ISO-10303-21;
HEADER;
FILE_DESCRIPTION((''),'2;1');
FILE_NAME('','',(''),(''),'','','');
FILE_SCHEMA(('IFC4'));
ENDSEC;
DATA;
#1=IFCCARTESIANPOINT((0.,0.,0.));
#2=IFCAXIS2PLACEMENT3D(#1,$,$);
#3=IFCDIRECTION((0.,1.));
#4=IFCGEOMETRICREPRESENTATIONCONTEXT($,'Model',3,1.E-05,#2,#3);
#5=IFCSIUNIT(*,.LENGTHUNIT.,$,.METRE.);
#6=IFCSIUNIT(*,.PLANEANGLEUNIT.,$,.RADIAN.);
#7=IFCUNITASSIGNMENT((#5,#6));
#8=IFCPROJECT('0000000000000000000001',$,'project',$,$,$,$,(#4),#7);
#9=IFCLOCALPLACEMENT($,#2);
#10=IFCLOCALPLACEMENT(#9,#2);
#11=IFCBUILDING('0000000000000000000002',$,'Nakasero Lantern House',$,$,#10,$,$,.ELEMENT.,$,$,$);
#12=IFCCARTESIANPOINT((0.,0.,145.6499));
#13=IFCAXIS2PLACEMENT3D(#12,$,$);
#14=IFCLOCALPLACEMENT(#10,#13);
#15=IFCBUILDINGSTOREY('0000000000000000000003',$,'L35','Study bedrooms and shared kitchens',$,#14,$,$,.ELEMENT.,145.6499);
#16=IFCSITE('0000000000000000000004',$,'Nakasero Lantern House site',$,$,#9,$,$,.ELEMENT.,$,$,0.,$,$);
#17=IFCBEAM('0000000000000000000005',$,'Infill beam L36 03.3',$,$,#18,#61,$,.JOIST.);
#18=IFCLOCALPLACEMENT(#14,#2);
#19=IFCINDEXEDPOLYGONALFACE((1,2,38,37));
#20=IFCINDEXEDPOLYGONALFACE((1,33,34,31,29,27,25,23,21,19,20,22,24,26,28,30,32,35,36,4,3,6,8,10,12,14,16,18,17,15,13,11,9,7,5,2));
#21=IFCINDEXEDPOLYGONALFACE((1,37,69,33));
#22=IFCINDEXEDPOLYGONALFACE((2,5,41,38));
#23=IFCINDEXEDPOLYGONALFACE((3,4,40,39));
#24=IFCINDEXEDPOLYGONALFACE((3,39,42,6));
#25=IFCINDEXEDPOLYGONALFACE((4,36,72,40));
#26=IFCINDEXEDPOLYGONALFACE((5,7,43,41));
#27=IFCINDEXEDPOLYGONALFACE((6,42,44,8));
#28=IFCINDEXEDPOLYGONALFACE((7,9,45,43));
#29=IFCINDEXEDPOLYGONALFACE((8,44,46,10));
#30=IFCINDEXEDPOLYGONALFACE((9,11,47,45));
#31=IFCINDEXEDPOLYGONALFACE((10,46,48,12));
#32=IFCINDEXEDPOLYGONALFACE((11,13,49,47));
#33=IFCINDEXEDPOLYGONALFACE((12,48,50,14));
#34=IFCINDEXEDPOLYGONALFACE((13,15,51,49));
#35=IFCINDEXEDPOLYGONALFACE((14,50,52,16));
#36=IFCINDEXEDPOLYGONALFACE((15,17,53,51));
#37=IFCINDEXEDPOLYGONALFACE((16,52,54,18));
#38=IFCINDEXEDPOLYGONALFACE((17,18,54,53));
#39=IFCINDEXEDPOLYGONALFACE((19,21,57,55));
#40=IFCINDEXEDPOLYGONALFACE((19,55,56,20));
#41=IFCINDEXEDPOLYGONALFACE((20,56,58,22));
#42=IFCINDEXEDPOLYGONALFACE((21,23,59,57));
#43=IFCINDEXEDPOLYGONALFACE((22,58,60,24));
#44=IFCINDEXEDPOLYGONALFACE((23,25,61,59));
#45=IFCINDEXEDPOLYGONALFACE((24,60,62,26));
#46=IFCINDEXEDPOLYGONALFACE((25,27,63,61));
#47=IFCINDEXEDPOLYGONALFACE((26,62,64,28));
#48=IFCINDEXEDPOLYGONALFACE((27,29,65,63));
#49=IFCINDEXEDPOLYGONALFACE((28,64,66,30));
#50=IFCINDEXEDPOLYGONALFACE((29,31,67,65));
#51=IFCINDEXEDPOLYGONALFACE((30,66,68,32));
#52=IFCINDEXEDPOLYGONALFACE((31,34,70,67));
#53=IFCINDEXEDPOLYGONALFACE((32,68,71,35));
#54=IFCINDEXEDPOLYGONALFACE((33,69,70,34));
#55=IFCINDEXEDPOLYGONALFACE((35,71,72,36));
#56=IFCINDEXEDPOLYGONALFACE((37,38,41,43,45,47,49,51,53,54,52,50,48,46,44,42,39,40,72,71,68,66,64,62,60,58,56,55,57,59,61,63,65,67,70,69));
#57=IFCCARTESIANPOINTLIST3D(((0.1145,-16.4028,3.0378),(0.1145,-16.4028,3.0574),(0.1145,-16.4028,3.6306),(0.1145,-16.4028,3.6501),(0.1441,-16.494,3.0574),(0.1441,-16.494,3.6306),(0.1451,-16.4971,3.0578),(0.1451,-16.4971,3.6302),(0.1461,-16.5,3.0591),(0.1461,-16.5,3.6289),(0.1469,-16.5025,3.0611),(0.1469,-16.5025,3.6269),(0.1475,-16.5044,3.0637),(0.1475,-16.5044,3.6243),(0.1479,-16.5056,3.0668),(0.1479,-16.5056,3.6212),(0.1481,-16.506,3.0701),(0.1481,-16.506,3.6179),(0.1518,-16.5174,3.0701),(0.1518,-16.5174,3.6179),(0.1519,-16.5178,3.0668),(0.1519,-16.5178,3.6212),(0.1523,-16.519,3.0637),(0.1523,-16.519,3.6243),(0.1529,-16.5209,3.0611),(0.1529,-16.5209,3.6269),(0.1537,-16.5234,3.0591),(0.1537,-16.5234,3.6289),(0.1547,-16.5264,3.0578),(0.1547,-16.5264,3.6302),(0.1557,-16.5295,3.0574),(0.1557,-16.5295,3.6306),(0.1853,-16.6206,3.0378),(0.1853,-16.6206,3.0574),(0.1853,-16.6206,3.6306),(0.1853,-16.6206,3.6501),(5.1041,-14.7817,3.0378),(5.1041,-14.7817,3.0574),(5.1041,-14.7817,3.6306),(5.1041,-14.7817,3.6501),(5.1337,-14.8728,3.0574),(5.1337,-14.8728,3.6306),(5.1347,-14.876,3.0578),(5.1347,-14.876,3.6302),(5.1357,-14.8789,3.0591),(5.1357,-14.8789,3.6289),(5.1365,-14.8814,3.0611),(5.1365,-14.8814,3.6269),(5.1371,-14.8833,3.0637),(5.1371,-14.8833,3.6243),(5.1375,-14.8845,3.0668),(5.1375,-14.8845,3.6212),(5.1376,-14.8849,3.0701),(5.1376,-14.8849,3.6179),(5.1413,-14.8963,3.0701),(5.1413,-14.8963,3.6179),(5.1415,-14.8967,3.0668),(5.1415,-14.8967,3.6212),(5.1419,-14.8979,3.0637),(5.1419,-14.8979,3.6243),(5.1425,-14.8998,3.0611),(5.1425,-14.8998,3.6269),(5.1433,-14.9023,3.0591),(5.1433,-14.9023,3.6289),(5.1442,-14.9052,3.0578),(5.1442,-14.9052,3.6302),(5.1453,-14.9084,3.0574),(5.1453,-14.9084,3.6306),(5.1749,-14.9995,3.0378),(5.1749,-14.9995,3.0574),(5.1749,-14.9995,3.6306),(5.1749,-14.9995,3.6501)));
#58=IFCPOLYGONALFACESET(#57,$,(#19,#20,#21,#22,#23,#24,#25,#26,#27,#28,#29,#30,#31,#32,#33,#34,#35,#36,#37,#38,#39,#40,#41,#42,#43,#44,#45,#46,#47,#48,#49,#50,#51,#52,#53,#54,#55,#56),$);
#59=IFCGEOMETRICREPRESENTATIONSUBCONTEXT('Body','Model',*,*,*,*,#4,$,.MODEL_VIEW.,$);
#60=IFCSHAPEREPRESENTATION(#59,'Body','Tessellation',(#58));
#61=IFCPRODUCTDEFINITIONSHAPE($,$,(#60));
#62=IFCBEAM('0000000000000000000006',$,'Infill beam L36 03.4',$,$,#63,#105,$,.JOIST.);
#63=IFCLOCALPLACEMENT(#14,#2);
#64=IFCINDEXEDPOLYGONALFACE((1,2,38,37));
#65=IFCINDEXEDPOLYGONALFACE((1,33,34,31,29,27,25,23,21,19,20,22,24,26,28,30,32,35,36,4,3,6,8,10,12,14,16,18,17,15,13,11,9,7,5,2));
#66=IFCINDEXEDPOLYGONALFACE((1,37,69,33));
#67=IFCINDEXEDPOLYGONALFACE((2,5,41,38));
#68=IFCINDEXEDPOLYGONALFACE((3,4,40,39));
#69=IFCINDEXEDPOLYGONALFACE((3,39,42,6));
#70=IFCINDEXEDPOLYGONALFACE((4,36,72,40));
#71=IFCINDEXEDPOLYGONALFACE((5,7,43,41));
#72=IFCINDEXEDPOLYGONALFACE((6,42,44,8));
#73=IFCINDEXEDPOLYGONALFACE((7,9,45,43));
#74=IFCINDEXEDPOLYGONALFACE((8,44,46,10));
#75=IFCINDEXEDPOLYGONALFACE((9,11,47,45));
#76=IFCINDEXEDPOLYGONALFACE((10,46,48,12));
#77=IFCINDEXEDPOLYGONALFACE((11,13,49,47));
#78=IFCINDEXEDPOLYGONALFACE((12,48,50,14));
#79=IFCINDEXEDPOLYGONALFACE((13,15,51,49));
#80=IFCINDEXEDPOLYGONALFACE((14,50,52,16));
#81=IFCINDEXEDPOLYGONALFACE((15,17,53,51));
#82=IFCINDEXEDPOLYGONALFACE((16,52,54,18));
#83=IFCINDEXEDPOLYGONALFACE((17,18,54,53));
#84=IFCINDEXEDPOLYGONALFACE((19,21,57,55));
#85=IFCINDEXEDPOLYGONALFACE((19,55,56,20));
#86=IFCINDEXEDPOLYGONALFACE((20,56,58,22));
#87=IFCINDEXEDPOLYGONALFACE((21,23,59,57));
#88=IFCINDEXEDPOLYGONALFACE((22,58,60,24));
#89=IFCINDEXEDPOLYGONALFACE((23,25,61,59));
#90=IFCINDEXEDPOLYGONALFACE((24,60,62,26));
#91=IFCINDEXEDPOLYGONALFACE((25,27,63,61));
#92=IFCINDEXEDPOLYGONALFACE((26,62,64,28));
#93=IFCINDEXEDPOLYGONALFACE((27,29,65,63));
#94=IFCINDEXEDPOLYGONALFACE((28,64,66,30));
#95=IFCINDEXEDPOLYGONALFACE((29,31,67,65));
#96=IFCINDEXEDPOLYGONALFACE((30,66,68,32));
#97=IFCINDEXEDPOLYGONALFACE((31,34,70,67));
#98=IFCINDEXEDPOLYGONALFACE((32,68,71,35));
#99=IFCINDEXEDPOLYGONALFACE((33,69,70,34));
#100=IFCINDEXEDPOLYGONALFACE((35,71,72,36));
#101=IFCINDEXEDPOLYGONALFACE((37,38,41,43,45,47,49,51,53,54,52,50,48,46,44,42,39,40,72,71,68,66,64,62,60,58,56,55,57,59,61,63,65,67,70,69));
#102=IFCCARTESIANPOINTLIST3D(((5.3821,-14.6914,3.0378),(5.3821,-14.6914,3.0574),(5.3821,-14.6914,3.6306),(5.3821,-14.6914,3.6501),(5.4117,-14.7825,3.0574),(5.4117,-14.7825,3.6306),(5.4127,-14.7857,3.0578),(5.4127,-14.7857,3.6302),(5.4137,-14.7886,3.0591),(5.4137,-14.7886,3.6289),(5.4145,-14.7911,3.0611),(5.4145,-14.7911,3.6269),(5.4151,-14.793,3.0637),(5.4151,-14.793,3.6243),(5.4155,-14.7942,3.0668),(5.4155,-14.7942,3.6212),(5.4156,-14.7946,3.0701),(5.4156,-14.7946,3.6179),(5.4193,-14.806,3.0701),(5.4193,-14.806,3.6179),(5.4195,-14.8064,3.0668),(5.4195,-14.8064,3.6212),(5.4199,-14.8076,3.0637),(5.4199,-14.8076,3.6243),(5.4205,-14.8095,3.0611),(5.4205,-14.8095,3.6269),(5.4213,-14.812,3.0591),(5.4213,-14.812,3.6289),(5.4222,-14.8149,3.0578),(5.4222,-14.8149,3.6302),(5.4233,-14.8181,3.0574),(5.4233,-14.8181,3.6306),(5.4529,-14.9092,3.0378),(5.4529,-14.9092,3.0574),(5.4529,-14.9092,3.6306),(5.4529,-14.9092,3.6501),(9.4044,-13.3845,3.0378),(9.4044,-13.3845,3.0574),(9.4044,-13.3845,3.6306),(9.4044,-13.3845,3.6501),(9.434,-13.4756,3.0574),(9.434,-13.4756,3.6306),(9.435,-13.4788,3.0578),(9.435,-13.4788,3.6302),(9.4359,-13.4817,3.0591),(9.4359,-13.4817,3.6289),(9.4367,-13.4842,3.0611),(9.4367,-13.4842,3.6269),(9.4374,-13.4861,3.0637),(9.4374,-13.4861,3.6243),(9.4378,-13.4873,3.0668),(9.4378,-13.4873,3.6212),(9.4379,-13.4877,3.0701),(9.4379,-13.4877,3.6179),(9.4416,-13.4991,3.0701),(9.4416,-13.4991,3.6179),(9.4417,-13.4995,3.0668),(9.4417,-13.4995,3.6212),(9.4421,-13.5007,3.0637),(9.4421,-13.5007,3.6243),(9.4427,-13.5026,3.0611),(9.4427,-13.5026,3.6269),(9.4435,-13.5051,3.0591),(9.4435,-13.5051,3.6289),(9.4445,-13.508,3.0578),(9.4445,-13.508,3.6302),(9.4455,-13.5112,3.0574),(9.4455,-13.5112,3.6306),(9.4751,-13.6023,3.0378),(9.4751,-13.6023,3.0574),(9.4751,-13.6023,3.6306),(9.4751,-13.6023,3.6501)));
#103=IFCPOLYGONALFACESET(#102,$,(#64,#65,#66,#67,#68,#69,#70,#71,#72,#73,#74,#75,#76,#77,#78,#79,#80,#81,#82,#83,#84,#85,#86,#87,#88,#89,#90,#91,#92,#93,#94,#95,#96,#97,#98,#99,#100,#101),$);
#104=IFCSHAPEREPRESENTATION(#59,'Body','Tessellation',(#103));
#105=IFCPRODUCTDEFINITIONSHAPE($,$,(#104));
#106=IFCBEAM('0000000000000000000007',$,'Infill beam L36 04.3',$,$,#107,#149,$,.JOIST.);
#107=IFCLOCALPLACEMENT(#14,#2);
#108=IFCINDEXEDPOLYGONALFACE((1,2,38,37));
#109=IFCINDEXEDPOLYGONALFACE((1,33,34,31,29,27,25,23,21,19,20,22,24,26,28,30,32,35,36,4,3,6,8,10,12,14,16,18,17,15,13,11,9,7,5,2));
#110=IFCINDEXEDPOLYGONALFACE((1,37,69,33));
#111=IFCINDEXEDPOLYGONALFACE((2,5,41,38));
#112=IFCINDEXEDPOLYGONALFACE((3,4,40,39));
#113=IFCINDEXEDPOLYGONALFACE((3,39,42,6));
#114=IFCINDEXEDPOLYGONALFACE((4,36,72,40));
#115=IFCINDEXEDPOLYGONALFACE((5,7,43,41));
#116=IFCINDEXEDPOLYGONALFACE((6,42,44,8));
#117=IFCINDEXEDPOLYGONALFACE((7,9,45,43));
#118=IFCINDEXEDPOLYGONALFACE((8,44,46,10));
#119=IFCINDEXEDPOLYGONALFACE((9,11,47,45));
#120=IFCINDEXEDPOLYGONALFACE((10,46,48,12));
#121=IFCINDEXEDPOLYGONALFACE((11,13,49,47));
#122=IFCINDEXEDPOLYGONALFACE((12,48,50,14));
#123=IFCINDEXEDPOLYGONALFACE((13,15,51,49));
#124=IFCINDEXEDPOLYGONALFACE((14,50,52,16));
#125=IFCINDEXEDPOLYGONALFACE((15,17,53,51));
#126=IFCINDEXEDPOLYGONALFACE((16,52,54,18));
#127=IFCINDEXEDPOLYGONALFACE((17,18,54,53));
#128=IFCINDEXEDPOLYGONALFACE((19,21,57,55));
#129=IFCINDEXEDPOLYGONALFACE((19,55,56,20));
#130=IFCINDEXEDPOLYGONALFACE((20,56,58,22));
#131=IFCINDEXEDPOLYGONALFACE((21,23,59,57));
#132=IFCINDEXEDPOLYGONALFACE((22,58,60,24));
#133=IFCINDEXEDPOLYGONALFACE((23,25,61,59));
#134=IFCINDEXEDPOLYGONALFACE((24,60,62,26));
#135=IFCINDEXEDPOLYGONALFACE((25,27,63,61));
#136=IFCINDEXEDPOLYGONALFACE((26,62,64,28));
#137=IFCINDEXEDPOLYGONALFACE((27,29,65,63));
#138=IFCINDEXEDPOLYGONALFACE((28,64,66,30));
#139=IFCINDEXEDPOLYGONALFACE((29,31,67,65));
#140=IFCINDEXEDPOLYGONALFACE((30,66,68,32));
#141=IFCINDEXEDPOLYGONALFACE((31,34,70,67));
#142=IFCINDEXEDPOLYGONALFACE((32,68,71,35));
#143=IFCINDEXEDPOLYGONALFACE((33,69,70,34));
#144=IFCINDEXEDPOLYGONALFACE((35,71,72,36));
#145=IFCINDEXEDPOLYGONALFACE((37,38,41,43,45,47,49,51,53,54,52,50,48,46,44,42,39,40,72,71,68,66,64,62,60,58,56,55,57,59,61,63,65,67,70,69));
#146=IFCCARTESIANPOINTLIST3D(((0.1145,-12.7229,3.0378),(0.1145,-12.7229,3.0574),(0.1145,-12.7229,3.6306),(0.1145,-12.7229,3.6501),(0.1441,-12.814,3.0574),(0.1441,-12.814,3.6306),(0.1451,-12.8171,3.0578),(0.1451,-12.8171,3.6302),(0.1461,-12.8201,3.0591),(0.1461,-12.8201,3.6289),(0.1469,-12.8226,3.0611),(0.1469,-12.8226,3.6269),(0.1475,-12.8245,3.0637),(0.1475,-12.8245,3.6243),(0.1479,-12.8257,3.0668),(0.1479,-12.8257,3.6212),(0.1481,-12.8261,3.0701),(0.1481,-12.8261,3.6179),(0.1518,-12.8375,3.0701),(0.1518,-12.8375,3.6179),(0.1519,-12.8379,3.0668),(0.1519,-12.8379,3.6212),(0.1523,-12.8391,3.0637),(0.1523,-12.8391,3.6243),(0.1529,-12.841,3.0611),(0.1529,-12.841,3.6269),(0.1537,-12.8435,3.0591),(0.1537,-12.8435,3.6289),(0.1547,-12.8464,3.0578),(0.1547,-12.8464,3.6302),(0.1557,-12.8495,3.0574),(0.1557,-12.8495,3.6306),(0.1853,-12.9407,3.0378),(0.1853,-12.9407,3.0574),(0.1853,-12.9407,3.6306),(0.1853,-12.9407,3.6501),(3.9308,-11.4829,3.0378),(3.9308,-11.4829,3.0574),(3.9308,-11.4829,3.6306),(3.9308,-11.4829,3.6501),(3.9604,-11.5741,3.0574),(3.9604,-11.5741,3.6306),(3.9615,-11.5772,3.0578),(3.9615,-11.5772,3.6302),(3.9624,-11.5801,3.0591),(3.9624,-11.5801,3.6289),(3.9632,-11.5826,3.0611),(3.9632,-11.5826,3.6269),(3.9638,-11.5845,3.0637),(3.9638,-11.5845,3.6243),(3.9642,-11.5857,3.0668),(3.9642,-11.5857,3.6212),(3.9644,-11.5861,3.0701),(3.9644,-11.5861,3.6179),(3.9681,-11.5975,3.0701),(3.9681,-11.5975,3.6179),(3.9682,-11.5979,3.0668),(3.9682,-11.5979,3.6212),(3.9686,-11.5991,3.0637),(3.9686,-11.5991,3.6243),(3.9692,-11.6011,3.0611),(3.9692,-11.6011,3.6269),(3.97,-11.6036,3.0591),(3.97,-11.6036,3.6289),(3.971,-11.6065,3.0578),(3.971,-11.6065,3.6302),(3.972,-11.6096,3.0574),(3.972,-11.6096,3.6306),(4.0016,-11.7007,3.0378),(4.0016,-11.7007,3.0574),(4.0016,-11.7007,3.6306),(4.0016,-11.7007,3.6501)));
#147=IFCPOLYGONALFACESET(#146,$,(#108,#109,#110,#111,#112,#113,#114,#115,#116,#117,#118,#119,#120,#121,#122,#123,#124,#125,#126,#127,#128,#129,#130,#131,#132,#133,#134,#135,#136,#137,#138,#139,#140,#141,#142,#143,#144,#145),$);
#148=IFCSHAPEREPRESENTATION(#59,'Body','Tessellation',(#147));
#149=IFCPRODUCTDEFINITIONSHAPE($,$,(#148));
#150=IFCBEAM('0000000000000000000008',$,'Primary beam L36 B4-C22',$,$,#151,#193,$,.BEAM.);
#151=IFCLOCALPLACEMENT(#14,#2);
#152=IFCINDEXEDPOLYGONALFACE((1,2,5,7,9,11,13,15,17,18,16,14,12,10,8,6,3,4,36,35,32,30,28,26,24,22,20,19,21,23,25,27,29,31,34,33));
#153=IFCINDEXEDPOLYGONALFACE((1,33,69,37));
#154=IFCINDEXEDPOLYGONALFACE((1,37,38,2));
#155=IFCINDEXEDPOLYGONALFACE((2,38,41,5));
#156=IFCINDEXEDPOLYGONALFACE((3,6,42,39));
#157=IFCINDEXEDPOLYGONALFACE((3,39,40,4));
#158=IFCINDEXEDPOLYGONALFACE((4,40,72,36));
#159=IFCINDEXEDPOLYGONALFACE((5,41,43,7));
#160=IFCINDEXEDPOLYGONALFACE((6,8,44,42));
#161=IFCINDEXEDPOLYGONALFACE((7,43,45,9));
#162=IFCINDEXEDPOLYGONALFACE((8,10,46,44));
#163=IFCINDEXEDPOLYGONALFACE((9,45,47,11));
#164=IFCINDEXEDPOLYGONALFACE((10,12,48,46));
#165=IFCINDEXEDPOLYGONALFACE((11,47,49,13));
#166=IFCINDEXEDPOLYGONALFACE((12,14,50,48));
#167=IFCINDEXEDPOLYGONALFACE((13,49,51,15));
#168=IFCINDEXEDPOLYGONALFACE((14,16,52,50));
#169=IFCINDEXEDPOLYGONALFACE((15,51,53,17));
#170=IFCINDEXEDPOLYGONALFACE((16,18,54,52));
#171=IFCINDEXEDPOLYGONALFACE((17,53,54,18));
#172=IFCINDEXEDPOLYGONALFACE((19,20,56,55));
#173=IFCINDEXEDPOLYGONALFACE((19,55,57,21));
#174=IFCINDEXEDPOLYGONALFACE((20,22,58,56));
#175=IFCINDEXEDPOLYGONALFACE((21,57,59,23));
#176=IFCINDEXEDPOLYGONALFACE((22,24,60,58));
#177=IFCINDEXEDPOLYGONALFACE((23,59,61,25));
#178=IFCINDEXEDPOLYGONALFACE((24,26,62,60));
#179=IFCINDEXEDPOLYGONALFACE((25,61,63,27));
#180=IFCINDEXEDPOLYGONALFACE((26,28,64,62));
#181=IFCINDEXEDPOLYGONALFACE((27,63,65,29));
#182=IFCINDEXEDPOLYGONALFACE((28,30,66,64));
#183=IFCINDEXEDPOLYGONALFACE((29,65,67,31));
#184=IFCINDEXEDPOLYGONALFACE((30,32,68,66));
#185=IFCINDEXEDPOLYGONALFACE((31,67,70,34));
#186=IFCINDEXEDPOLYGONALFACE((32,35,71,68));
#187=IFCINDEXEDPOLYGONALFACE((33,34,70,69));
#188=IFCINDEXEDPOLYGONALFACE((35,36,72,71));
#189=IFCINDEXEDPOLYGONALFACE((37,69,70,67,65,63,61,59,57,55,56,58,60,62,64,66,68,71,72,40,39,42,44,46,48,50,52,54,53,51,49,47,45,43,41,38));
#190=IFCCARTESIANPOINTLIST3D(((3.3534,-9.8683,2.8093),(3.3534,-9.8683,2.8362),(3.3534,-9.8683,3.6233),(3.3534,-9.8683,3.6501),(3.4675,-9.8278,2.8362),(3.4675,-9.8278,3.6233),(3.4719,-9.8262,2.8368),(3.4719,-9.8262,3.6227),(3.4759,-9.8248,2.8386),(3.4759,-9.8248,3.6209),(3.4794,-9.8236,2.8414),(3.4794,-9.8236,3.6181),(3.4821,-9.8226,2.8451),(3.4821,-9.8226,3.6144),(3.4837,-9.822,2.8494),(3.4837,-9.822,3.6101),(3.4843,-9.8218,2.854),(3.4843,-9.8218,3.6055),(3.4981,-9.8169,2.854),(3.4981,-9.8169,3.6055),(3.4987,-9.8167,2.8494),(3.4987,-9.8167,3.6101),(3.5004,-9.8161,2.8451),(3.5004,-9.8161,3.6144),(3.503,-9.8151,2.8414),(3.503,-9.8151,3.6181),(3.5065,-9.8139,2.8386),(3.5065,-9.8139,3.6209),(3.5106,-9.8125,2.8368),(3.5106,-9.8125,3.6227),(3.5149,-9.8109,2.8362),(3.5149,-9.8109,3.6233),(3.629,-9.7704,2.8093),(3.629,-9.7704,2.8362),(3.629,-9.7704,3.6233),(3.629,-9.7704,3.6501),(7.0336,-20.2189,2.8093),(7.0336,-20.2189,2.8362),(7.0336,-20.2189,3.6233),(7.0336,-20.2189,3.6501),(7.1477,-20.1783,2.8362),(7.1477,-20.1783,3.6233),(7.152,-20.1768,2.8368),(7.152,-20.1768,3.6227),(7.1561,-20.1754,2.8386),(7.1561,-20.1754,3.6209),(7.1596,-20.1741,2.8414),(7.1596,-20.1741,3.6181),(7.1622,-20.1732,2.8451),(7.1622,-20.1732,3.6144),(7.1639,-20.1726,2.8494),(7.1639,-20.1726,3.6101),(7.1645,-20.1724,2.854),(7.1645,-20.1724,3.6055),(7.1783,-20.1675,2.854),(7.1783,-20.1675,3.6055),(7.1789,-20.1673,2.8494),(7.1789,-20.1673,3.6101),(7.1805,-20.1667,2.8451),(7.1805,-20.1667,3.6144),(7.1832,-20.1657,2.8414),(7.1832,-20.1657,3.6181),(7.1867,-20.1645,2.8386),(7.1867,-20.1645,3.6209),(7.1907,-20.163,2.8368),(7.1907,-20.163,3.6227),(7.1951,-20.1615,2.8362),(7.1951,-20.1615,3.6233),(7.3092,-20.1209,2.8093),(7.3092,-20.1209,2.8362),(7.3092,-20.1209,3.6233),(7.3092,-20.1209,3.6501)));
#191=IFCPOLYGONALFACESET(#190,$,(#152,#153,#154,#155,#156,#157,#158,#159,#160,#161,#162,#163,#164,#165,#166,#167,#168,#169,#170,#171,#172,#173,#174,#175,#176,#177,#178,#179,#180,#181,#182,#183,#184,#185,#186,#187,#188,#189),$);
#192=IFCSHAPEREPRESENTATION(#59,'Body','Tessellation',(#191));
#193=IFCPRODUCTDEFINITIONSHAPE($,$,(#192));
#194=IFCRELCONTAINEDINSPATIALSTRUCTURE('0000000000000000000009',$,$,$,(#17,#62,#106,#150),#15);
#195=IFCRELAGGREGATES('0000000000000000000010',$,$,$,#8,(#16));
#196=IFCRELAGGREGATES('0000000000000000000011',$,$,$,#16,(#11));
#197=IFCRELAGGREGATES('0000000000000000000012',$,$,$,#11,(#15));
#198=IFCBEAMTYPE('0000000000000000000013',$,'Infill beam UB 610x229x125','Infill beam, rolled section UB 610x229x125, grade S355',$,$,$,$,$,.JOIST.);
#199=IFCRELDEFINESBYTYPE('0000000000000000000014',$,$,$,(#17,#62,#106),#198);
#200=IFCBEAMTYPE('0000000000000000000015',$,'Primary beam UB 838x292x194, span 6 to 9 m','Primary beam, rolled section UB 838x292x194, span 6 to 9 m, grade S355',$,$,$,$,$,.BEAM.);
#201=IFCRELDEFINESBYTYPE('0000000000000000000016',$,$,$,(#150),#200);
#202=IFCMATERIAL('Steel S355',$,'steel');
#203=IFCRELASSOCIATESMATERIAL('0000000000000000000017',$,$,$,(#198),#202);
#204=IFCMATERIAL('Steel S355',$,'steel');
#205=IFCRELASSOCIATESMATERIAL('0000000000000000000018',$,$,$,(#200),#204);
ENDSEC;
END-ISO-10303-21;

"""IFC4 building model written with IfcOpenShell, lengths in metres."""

from ifc_helpers import new_model, si_unit, direction, frame, origin, origin_2d, place, context, subcontext, project, spatial, i_section, extrude, material, material_profile, profile_set, type_object, element, save


model = new_model("IFC4")

# Units and contexts
model_context = context("Model", 3, precision=1e-05, world=origin(), true_north=direction((0.0, 1.0)))
body_context = subcontext(model_context, "Body", "Model", "MODEL_VIEW")
ifc_project = project(units=[si_unit("LENGTHUNIT", "METRE"), si_unit("PLANEANGLEUNIT", "RADIAN")], contexts=[model_context])

# Site, building, storey
site_placement = place(None, origin())
site = spatial("IfcSite", under=ifc_project, at=site_placement, Name="Nakasero Lantern House site", CompositionType="ELEMENT", RefElevation=0.0)
building_placement = place(site_placement, origin())
building = spatial("IfcBuilding", under=site, at=building_placement, Name="Nakasero Lantern House", CompositionType="ELEMENT")
storey_placement = place(building_placement, frame((0.0, 0.0, 145.6499)))
storey = spatial("IfcBuildingStorey", under=building, at=storey_placement, Name="L35", Description="Study bedrooms and shared kitchens", CompositionType="ELEMENT", Elevation=145.6499)

# Beams
ifc_material_1 = material(Name="Steel S355", Category="steel")
ifc_material_profile_1 = material_profile(ifc_material_1, i_section(OverallWidth=0.229, OverallDepth=0.6123, WebThickness=0.012, FlangeThickness=0.0195, FilletRadius=0.0127, at=origin_2d()), Name="UB 610x229x125")
ifc_profile_set_1 = profile_set([ifc_material_profile_1], Name="Steel S355")
beam_type_1 = type_object("IfcBeamType", Name="Infill beam UB 610x229x125", Description="Infill beam, rolled section UB 610x229x125, grade S355", PredefinedType="JOIST", material=ifc_profile_set_1)
beam_1_placement = place(storey_placement, frame((0.1499, -16.5117, 3.344), z_axis=(0.951062, 0.309001, 0.0), x_axis=(-0.309001, 0.951062, 0.0)))
element("IfcBeam", 1, at=beam_1_placement, inside=storey, type_object=beam_type_1, Name="Infill beam L36 03.3", PredefinedType="JOIST", context=body_context, shape_type="SweptSolid", body=[
    extrude(i_section(OverallWidth=0.229, OverallDepth=0.6123, WebThickness=0.012, FlangeThickness=0.0195, FilletRadius=0.0127, at=origin_2d()), origin(), (0.0, 0.0, 1.0), 5.2463),
])
beam_2_placement = place(storey_placement, frame((5.4175, -14.8003, 3.344), z_axis=(0.951057, 0.309014, 0.0), x_axis=(-0.309014, 0.951057, 0.0)))
element("IfcBeam", 2, at=beam_2_placement, inside=storey, type_object=beam_type_1, Name="Infill beam L36 03.4", PredefinedType="JOIST", context=body_context, shape_type="SweptSolid", body=[
    extrude(i_section(OverallWidth=0.229, OverallDepth=0.6123, WebThickness=0.012, FlangeThickness=0.0195, FilletRadius=0.0127, at=origin_2d()), origin(), (0.0, 0.0, 1.0), 4.2292),
])
beam_3_placement = place(storey_placement, frame((0.1499, -12.8318, 3.344), z_axis=(0.951059, 0.309009, 0.0), x_axis=(-0.309009, 0.951059, 0.0)))
element("IfcBeam", 3, at=beam_3_placement, inside=storey, type_object=beam_type_1, Name="Infill beam L36 04.3", PredefinedType="JOIST", context=body_context, shape_type="SweptSolid", body=[
    extrude(i_section(OverallWidth=0.229, OverallDepth=0.6123, WebThickness=0.012, FlangeThickness=0.0195, FilletRadius=0.0127, at=origin_2d()), origin(), (0.0, 0.0, 1.0), 4.0127),
])
ifc_material_2 = material(Name="Steel S355", Category="steel")
ifc_material_profile_2 = material_profile(ifc_material_2, i_section(OverallWidth=0.2925, OverallDepth=0.8408, WebThickness=0.0146, FlangeThickness=0.0269, FilletRadius=0.0178, at=origin_2d()), Name="UB 838x292x194")
ifc_profile_set_2 = profile_set([ifc_material_profile_2], Name="Steel S355")
beam_type_2 = type_object("IfcBeamType", Name="Primary beam UB 838x292x194, span 6 to 9 m", Description="Primary beam, rolled section UB 838x292x194, span 6 to 9 m, grade S355", PredefinedType="BEAM", material=ifc_profile_set_2)
beam_4_placement = place(storey_placement, frame((7.1714, -20.1699, 3.2297), z_axis=(-0.335007, 0.942216, 0.0), x_axis=(-0.942216, -0.335007, 0.0)))
element("IfcBeam", 4, at=beam_4_placement, inside=storey, type_object=beam_type_2, Name="Primary beam L36 B4-C22", PredefinedType="BEAM", context=body_context, shape_type="SweptSolid", body=[
    extrude(i_section(OverallWidth=0.2925, OverallDepth=0.8408, WebThickness=0.0146, FlangeThickness=0.0269, FilletRadius=0.0178, at=origin_2d()), origin(), (0.0, 0.0, 1.0), 10.9854),
])

save(model, "model.ifc")
